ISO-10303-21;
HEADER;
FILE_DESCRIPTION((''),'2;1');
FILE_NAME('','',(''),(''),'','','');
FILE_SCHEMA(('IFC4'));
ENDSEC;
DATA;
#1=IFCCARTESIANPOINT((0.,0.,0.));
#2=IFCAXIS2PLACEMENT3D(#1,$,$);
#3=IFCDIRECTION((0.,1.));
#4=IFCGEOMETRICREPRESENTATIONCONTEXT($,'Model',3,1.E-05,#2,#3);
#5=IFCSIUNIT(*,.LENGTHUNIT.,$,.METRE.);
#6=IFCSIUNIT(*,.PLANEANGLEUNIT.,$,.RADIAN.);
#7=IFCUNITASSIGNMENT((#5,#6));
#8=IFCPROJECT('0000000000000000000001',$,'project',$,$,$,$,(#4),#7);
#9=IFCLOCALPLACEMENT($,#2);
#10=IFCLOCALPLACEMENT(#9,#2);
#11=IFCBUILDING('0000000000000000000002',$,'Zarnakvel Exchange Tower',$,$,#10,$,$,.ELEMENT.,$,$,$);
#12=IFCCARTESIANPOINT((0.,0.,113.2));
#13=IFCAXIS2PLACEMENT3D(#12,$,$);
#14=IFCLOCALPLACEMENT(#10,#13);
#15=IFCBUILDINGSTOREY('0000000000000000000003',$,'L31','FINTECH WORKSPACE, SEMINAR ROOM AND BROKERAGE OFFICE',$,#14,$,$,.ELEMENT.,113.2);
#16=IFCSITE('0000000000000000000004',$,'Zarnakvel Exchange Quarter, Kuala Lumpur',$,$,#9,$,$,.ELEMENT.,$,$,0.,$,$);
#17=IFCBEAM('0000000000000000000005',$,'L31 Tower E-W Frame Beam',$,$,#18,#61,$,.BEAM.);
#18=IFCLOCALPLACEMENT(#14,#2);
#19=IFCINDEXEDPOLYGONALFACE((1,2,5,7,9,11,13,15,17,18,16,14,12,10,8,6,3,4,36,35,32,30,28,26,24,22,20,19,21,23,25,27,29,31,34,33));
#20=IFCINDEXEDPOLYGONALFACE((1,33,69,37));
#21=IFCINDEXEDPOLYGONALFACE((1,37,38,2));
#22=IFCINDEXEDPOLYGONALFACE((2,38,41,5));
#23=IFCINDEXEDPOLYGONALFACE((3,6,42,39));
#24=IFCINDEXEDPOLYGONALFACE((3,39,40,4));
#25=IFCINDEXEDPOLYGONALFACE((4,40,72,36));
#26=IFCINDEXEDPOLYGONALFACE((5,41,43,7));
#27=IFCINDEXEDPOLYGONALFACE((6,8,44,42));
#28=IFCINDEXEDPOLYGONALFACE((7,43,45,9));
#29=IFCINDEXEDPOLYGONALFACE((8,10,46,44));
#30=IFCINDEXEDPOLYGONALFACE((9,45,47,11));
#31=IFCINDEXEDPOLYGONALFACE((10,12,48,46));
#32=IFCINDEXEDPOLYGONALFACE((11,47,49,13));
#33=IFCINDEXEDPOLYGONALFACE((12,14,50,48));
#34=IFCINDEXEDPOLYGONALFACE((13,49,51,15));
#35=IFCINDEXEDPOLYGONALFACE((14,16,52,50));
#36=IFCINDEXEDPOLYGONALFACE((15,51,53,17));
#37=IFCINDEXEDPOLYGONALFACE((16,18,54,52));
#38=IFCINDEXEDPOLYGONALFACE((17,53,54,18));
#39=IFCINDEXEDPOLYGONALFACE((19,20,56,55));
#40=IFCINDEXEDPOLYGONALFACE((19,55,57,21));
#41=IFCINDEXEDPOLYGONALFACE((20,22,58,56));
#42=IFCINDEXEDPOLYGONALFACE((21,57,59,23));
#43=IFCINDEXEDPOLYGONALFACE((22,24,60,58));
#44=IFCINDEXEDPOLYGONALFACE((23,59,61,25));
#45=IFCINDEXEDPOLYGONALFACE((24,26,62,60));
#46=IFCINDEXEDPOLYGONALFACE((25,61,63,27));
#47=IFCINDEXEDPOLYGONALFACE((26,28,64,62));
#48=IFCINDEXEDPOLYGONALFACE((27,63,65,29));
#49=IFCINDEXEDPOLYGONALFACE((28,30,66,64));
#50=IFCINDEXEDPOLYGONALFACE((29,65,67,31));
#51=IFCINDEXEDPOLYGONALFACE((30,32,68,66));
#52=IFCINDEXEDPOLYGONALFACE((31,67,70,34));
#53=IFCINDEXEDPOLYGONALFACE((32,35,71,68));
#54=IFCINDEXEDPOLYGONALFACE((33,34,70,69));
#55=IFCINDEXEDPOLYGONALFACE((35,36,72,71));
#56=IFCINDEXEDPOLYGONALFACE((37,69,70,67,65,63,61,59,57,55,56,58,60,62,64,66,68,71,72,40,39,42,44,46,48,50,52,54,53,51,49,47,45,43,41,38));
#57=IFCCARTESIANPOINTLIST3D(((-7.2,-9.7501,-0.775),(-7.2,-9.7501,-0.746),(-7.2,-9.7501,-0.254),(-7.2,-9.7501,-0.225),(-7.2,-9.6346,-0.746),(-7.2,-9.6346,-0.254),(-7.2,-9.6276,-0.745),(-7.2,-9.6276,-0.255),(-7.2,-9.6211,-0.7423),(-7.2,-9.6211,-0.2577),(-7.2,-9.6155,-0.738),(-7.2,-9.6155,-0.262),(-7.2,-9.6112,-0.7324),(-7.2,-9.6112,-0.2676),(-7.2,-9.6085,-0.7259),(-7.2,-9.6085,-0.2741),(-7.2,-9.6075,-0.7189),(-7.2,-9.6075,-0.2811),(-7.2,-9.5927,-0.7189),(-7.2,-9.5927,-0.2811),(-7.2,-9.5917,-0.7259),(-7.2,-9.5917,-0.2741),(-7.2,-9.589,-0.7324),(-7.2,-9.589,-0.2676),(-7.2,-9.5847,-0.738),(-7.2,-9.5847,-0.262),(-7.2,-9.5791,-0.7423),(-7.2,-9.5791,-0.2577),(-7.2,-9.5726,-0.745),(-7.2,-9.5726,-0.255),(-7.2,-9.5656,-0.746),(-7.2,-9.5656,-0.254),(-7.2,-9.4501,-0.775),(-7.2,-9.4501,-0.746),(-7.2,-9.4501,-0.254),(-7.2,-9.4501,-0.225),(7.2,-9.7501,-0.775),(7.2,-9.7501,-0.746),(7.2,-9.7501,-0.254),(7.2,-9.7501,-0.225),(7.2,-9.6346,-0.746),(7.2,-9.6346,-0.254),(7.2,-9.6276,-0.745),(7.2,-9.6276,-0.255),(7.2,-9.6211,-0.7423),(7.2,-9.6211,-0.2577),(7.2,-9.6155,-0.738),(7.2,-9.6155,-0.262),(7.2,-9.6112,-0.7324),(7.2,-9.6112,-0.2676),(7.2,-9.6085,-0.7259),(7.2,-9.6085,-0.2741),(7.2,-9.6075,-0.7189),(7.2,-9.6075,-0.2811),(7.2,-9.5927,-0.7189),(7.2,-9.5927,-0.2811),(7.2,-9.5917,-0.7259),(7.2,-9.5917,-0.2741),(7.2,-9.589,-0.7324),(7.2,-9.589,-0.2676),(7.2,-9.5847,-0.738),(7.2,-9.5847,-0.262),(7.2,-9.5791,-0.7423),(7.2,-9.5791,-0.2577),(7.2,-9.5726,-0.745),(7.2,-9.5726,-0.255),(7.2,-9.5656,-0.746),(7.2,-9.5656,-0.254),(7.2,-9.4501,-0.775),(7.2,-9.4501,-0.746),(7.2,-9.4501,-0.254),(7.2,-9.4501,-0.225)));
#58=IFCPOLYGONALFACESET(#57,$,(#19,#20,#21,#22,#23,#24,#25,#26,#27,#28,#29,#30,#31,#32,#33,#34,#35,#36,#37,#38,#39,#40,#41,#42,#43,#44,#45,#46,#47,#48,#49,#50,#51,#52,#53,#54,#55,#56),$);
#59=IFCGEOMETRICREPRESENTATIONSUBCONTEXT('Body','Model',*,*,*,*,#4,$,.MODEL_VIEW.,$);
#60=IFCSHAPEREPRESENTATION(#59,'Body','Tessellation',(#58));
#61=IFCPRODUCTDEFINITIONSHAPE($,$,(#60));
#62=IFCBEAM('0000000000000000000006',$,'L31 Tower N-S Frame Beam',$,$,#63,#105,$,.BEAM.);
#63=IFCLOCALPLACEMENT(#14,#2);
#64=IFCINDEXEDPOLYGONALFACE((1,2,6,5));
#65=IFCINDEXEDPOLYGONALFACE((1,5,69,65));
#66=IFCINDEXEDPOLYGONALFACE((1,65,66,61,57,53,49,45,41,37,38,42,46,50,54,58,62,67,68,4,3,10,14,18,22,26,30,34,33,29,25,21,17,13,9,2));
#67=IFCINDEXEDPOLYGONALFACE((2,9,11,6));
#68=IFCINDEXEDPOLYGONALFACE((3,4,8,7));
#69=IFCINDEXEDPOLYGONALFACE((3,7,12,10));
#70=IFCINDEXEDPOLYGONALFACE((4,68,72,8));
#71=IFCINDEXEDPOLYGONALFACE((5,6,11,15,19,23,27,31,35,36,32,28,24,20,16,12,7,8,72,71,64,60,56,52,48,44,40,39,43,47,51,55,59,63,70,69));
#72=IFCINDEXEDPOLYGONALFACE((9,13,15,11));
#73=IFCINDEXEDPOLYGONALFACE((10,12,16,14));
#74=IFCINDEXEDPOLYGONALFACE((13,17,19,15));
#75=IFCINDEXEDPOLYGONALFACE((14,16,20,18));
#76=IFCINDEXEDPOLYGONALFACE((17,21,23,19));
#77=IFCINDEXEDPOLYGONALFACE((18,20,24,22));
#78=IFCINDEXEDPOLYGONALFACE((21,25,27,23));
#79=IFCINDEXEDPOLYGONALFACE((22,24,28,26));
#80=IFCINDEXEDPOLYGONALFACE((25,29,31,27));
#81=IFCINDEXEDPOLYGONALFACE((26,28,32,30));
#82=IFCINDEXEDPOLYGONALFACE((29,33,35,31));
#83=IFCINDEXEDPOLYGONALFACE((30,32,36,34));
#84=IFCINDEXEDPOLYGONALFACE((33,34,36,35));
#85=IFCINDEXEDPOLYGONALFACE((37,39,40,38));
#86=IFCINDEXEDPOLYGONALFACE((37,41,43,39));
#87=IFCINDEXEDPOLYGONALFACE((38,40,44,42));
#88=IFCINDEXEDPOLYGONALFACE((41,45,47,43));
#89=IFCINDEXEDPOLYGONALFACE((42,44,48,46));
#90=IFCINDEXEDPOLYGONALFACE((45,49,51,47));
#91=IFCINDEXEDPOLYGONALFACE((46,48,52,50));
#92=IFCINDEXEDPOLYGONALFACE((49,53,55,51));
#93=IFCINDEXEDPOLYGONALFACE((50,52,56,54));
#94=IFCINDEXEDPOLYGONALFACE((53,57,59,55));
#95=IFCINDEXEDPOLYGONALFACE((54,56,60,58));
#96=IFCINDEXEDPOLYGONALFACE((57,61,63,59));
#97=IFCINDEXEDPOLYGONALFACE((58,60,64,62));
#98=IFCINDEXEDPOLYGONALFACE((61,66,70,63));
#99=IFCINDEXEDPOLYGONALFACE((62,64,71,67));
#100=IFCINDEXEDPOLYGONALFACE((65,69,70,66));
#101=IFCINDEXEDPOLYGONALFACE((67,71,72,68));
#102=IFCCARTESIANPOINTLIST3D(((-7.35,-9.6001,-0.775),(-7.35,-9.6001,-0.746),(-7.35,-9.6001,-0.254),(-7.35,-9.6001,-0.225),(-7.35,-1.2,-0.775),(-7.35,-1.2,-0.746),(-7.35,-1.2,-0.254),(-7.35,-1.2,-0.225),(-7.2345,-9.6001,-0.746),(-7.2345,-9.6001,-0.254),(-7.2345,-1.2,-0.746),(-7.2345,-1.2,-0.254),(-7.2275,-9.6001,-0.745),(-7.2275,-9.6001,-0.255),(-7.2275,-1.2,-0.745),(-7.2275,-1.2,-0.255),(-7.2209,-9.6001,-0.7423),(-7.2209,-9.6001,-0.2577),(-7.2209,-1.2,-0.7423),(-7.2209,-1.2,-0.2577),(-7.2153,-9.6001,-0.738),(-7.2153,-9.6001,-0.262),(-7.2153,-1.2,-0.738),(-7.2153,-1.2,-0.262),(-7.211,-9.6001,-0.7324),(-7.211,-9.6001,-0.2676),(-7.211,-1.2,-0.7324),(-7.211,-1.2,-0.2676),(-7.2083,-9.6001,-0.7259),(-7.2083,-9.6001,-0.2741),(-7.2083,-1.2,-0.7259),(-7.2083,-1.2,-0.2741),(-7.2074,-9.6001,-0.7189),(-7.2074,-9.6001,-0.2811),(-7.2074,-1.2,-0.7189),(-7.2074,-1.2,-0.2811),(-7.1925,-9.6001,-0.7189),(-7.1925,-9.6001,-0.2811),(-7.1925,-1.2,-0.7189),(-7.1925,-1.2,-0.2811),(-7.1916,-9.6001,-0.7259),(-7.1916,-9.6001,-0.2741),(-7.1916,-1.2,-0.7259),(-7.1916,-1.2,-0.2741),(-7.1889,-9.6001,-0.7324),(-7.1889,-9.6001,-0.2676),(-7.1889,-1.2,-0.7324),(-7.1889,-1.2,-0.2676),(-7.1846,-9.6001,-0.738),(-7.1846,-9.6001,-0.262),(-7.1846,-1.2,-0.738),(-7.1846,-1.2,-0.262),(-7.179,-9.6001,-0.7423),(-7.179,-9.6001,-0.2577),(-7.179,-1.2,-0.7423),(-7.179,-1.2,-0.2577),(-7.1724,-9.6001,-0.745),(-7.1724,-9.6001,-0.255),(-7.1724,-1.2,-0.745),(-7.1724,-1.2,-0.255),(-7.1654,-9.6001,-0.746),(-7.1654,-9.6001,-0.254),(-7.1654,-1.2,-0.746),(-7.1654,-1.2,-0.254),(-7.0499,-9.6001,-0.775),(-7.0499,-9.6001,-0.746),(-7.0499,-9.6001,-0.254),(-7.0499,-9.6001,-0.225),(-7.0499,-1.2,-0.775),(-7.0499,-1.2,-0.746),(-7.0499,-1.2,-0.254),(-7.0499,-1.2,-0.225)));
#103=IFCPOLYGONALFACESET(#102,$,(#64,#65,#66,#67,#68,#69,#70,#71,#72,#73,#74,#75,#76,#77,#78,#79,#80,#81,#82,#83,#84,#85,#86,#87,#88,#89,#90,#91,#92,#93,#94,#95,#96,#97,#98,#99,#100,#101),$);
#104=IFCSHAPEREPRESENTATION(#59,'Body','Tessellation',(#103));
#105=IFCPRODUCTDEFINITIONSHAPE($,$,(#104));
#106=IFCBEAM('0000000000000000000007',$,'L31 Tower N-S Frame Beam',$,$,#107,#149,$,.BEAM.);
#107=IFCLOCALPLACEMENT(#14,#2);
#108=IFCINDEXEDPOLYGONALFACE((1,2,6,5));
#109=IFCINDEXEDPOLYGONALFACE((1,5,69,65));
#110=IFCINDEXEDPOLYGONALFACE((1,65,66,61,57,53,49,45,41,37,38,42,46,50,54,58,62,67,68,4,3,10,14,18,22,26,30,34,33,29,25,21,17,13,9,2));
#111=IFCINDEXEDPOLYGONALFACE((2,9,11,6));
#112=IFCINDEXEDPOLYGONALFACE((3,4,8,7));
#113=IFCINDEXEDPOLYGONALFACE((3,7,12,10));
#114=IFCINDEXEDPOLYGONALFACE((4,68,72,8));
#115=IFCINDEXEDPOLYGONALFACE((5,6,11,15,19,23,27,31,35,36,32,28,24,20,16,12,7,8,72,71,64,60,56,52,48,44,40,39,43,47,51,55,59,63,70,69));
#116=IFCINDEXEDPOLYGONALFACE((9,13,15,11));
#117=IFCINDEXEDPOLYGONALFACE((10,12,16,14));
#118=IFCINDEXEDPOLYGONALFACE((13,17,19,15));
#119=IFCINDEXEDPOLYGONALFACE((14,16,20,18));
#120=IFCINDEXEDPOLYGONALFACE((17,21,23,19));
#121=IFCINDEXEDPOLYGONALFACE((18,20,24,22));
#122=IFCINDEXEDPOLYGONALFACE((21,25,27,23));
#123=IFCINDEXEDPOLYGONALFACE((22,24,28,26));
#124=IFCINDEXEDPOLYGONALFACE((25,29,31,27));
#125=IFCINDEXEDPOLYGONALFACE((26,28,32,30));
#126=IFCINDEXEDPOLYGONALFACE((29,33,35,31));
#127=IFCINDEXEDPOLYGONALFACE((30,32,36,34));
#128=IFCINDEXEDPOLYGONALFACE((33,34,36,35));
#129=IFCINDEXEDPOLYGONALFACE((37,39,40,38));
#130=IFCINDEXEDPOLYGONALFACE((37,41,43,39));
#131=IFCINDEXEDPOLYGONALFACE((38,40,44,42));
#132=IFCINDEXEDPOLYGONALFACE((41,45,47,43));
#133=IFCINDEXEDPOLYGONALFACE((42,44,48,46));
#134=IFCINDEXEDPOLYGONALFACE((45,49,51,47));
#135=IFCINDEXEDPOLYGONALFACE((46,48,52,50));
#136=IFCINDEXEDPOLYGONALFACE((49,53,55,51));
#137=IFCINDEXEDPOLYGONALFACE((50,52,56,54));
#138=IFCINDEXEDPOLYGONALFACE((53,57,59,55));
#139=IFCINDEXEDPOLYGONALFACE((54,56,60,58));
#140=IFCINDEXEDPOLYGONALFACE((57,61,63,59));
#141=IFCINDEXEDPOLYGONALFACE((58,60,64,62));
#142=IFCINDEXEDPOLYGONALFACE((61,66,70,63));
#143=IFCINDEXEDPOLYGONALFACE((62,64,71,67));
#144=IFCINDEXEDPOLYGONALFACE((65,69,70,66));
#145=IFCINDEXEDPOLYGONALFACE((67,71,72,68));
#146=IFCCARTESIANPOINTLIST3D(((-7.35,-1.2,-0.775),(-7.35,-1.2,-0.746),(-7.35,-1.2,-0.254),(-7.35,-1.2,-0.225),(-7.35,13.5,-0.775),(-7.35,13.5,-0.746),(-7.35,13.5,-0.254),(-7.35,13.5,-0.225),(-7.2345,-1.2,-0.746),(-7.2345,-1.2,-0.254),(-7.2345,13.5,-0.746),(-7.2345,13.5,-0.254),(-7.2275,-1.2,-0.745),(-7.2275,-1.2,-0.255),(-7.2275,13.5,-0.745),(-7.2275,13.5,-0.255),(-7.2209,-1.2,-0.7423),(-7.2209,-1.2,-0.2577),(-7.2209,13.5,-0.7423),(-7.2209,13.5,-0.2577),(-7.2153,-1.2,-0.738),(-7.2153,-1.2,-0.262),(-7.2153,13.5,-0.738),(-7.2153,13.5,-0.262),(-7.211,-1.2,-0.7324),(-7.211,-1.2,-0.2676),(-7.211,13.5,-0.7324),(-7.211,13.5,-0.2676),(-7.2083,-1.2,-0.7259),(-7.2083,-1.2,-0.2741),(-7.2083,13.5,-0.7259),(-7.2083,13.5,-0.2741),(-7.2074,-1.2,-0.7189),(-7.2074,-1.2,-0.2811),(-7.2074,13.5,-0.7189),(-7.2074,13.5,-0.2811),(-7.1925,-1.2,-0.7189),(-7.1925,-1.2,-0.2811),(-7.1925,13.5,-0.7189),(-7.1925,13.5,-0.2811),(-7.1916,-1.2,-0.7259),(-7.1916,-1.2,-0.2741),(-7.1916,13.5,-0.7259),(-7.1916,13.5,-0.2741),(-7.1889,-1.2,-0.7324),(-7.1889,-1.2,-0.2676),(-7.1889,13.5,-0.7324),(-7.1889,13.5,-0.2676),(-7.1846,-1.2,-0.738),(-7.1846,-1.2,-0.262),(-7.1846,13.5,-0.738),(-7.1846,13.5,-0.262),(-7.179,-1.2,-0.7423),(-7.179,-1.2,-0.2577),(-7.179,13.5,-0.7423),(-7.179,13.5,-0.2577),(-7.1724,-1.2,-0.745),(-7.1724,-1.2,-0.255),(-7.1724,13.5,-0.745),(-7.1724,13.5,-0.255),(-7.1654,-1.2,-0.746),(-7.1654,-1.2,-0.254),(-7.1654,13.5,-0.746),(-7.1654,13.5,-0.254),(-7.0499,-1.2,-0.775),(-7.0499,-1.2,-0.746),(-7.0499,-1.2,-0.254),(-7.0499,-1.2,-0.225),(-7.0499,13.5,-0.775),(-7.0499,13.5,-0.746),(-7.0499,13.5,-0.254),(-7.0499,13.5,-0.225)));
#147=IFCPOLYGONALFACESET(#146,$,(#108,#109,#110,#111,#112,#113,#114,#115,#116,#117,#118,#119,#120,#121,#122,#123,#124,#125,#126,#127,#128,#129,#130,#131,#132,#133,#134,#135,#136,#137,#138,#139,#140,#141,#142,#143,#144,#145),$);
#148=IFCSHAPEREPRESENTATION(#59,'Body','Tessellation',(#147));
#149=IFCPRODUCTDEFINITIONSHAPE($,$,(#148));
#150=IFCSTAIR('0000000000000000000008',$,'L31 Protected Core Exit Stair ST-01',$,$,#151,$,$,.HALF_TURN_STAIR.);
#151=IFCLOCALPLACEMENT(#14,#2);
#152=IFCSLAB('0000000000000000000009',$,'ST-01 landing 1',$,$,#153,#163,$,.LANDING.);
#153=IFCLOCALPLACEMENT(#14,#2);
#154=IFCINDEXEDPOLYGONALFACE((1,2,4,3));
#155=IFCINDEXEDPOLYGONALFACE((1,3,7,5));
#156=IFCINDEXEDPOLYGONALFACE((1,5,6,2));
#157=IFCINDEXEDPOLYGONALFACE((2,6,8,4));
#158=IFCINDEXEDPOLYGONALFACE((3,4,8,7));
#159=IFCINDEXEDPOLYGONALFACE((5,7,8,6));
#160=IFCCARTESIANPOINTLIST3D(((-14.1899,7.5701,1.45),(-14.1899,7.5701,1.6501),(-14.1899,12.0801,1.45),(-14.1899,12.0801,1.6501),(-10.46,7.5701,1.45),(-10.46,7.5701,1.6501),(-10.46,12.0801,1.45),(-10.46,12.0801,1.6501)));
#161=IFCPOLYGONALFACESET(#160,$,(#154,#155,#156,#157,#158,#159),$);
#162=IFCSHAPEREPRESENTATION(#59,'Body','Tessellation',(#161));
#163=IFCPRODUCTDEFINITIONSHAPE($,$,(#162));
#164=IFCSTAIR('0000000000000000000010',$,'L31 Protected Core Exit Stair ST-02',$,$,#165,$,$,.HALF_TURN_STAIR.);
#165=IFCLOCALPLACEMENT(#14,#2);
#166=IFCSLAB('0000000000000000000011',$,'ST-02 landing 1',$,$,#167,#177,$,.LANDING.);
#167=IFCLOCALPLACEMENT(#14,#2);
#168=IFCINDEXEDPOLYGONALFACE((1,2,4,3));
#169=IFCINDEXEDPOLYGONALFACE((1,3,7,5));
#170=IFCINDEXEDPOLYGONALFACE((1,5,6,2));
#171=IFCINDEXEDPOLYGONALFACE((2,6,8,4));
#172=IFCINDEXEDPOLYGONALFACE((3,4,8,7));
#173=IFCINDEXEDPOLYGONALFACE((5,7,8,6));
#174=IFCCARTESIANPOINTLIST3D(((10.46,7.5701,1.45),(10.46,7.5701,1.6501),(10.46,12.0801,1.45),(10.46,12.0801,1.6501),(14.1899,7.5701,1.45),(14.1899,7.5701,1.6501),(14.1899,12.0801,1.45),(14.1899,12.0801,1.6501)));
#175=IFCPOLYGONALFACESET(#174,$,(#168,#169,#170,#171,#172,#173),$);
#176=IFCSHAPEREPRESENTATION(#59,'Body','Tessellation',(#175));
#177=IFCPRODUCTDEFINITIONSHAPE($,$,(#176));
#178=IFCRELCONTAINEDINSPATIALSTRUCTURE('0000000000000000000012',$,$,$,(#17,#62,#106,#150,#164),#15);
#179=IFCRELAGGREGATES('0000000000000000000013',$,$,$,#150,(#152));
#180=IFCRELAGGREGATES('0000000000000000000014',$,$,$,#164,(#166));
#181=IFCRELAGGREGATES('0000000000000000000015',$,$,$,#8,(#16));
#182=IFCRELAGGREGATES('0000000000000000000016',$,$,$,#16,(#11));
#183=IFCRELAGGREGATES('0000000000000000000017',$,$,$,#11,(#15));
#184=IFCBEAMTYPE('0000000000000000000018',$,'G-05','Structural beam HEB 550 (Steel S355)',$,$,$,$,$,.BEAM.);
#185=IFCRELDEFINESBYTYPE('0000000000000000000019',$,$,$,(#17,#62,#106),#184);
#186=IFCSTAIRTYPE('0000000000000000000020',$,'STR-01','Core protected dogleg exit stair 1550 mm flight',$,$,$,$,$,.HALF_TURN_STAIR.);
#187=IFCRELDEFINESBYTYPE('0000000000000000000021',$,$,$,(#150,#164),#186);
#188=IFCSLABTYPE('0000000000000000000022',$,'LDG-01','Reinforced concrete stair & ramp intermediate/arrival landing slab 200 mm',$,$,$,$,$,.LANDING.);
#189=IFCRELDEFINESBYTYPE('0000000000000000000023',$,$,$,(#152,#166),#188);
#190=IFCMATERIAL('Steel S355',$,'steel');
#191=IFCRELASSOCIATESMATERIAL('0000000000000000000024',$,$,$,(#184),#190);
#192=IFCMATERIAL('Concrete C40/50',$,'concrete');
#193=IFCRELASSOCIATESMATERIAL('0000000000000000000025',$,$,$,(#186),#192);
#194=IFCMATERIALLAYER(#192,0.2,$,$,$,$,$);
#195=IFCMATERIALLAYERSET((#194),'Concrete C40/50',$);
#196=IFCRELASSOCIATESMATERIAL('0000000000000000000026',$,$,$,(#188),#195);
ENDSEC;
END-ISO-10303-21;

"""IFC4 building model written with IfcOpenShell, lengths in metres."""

from ifc_helpers import new_model, si_unit, direction, frame, origin, origin_2d, place, context, subcontext, project, spatial, polyline, i_section, outline, extrude, material, layer, layer_set, material_profile, profile_set, type_object, element, aggregate, save


model = new_model("IFC4")

# Units and contexts
model_context = context("Model", 3, precision=1e-05, world=origin(), true_north=direction((0.0, 1.0)))
body_context = subcontext(model_context, "Body", "Model", "MODEL_VIEW")
ifc_project = project(units=[si_unit("LENGTHUNIT", "METRE"), si_unit("PLANEANGLEUNIT", "RADIAN")], contexts=[model_context])

# Site, building, storey
site_placement = place(None, origin())
site = spatial("IfcSite", under=ifc_project, at=site_placement, Name="Zarnakvel Exchange Quarter, Kuala Lumpur", CompositionType="ELEMENT", RefElevation=0.0)
building_placement = place(site_placement, origin())
building = spatial("IfcBuilding", under=site, at=building_placement, Name="Zarnakvel Exchange Tower", CompositionType="ELEMENT")
storey_placement = place(building_placement, frame((0.0, 0.0, 113.2)))
storey = spatial("IfcBuildingStorey", under=building, at=storey_placement, Name="L31", Description="FINTECH WORKSPACE, SEMINAR ROOM AND BROKERAGE OFFICE", CompositionType="ELEMENT", Elevation=113.2)

# Beams
ifc_material_1 = material(Name="Steel S355", Category="steel")
ifc_material_profile_1 = material_profile(ifc_material_1, i_section(OverallWidth=0.3, OverallDepth=0.55, WebThickness=0.0149, FlangeThickness=0.0291, FilletRadius=0.0271, at=origin_2d()))
ifc_profile_set_1 = profile_set([ifc_material_profile_1], Name="Steel S355")
beam_type_1 = type_object("IfcBeamType", Name="G-05", Description="Structural beam HEB 550 (Steel S355)", PredefinedType="BEAM", material=ifc_profile_set_1)
beam_1_placement = place(storey_placement, frame((-7.2, -9.6001, -0.5), z_axis=(1.0, 0.0, 0.0), x_axis=(0.0, 1.0, 0.0)))
element("IfcBeam", 1, at=beam_1_placement, inside=storey, type_object=beam_type_1, Name="L31 Tower E-W Frame Beam", PredefinedType="BEAM", context=body_context, shape_type="SweptSolid", body=[
    extrude(i_section(OverallWidth=0.3, OverallDepth=0.55, WebThickness=0.0149, FlangeThickness=0.0291, FilletRadius=0.0271, at=origin_2d()), origin(), (0.0, 0.0, 1.0), 14.3999),
])
beam_2_placement = place(storey_placement, frame((-7.2, -9.6001, -0.5), z_axis=(0.0, 1.0, 0.0), x_axis=(-1.0, 0.0, 0.0)))
element("IfcBeam", 2, at=beam_2_placement, inside=storey, type_object=beam_type_1, Name="L31 Tower N-S Frame Beam", PredefinedType="BEAM", context=body_context, shape_type="SweptSolid", body=[
    extrude(i_section(OverallWidth=0.3, OverallDepth=0.55, WebThickness=0.0149, FlangeThickness=0.0291, FilletRadius=0.0271, at=origin_2d()), origin(), (0.0, 0.0, 1.0), 8.4001),
])
beam_3_placement = place(storey_placement, frame((-7.2, -1.2, -0.5), z_axis=(0.0, 1.0, 0.0), x_axis=(-1.0, 0.0, 0.0)))
element("IfcBeam", 3, at=beam_3_placement, inside=storey, type_object=beam_type_1, Name="L31 Tower N-S Frame Beam", PredefinedType="BEAM", context=body_context, shape_type="SweptSolid", body=[
    extrude(i_section(OverallWidth=0.3, OverallDepth=0.55, WebThickness=0.0149, FlangeThickness=0.0291, FilletRadius=0.0271, at=origin_2d()), origin(), (0.0, 0.0, 1.0), 14.7),
])

# Stairs, slabs
ifc_material_2 = material(Name="Concrete C40/50", Category="concrete")
stair_type = type_object("IfcStairType", Name="STR-01", Description="Core protected dogleg exit stair 1550 mm flight", PredefinedType="HALF_TURN_STAIR", material=ifc_material_2)
stair_1_placement = place(storey_placement, origin())
stair_1 = element("IfcStair", 4, at=stair_1_placement, inside=storey, type_object=stair_type, Name="L31 Protected Core Exit Stair ST-01", PredefinedType="HALF_TURN_STAIR")
ifc_layer_1 = layer(ifc_material_2, 0.2)
ifc_layer_set_1 = layer_set([ifc_layer_1], Name="Concrete C40/50")
slab_type_1 = type_object("IfcSlabType", Name="LDG-01", Description="Reinforced concrete stair & ramp intermediate/arrival landing slab 200 mm", PredefinedType="LANDING", material=ifc_layer_set_1)
slab_1_placement = place(storey_placement, frame((0.0, 0.0, 1.45)))
slab_1 = element("IfcSlab", 5, at=slab_1_placement, type_object=slab_type_1, Name="ST-01 landing 1", PredefinedType="LANDING", context=body_context, shape_type="SweptSolid", body=[
    extrude(outline(polyline([(-14.1899, 7.5701), (-10.46, 7.5701), (-10.46, 12.0801), (-14.1899, 12.0801), (-14.1899, 7.5701)])), origin(), (0.0, 0.0, 1.0), 0.2002),
])
aggregate(stair_1, [slab_1])
stair_2_placement = place(storey_placement, origin())
stair_2 = element("IfcStair", 6, at=stair_2_placement, inside=storey, type_object=stair_type, Name="L31 Protected Core Exit Stair ST-02", PredefinedType="HALF_TURN_STAIR")
slab_2_placement = place(storey_placement, frame((0.0, 0.0, 1.45)))
slab_2 = element("IfcSlab", 7, at=slab_2_placement, type_object=slab_type_1, Name="ST-02 landing 1", PredefinedType="LANDING", context=body_context, shape_type="SweptSolid", body=[
    extrude(outline(polyline([(10.46, 7.5701), (14.1899, 7.5701), (14.1899, 12.0801), (10.46, 12.0801), (10.46, 7.5701)])), origin(), (0.0, 0.0, 1.0), 0.2002),
])
aggregate(stair_2, [slab_2])

save(model, "model.ifc")
